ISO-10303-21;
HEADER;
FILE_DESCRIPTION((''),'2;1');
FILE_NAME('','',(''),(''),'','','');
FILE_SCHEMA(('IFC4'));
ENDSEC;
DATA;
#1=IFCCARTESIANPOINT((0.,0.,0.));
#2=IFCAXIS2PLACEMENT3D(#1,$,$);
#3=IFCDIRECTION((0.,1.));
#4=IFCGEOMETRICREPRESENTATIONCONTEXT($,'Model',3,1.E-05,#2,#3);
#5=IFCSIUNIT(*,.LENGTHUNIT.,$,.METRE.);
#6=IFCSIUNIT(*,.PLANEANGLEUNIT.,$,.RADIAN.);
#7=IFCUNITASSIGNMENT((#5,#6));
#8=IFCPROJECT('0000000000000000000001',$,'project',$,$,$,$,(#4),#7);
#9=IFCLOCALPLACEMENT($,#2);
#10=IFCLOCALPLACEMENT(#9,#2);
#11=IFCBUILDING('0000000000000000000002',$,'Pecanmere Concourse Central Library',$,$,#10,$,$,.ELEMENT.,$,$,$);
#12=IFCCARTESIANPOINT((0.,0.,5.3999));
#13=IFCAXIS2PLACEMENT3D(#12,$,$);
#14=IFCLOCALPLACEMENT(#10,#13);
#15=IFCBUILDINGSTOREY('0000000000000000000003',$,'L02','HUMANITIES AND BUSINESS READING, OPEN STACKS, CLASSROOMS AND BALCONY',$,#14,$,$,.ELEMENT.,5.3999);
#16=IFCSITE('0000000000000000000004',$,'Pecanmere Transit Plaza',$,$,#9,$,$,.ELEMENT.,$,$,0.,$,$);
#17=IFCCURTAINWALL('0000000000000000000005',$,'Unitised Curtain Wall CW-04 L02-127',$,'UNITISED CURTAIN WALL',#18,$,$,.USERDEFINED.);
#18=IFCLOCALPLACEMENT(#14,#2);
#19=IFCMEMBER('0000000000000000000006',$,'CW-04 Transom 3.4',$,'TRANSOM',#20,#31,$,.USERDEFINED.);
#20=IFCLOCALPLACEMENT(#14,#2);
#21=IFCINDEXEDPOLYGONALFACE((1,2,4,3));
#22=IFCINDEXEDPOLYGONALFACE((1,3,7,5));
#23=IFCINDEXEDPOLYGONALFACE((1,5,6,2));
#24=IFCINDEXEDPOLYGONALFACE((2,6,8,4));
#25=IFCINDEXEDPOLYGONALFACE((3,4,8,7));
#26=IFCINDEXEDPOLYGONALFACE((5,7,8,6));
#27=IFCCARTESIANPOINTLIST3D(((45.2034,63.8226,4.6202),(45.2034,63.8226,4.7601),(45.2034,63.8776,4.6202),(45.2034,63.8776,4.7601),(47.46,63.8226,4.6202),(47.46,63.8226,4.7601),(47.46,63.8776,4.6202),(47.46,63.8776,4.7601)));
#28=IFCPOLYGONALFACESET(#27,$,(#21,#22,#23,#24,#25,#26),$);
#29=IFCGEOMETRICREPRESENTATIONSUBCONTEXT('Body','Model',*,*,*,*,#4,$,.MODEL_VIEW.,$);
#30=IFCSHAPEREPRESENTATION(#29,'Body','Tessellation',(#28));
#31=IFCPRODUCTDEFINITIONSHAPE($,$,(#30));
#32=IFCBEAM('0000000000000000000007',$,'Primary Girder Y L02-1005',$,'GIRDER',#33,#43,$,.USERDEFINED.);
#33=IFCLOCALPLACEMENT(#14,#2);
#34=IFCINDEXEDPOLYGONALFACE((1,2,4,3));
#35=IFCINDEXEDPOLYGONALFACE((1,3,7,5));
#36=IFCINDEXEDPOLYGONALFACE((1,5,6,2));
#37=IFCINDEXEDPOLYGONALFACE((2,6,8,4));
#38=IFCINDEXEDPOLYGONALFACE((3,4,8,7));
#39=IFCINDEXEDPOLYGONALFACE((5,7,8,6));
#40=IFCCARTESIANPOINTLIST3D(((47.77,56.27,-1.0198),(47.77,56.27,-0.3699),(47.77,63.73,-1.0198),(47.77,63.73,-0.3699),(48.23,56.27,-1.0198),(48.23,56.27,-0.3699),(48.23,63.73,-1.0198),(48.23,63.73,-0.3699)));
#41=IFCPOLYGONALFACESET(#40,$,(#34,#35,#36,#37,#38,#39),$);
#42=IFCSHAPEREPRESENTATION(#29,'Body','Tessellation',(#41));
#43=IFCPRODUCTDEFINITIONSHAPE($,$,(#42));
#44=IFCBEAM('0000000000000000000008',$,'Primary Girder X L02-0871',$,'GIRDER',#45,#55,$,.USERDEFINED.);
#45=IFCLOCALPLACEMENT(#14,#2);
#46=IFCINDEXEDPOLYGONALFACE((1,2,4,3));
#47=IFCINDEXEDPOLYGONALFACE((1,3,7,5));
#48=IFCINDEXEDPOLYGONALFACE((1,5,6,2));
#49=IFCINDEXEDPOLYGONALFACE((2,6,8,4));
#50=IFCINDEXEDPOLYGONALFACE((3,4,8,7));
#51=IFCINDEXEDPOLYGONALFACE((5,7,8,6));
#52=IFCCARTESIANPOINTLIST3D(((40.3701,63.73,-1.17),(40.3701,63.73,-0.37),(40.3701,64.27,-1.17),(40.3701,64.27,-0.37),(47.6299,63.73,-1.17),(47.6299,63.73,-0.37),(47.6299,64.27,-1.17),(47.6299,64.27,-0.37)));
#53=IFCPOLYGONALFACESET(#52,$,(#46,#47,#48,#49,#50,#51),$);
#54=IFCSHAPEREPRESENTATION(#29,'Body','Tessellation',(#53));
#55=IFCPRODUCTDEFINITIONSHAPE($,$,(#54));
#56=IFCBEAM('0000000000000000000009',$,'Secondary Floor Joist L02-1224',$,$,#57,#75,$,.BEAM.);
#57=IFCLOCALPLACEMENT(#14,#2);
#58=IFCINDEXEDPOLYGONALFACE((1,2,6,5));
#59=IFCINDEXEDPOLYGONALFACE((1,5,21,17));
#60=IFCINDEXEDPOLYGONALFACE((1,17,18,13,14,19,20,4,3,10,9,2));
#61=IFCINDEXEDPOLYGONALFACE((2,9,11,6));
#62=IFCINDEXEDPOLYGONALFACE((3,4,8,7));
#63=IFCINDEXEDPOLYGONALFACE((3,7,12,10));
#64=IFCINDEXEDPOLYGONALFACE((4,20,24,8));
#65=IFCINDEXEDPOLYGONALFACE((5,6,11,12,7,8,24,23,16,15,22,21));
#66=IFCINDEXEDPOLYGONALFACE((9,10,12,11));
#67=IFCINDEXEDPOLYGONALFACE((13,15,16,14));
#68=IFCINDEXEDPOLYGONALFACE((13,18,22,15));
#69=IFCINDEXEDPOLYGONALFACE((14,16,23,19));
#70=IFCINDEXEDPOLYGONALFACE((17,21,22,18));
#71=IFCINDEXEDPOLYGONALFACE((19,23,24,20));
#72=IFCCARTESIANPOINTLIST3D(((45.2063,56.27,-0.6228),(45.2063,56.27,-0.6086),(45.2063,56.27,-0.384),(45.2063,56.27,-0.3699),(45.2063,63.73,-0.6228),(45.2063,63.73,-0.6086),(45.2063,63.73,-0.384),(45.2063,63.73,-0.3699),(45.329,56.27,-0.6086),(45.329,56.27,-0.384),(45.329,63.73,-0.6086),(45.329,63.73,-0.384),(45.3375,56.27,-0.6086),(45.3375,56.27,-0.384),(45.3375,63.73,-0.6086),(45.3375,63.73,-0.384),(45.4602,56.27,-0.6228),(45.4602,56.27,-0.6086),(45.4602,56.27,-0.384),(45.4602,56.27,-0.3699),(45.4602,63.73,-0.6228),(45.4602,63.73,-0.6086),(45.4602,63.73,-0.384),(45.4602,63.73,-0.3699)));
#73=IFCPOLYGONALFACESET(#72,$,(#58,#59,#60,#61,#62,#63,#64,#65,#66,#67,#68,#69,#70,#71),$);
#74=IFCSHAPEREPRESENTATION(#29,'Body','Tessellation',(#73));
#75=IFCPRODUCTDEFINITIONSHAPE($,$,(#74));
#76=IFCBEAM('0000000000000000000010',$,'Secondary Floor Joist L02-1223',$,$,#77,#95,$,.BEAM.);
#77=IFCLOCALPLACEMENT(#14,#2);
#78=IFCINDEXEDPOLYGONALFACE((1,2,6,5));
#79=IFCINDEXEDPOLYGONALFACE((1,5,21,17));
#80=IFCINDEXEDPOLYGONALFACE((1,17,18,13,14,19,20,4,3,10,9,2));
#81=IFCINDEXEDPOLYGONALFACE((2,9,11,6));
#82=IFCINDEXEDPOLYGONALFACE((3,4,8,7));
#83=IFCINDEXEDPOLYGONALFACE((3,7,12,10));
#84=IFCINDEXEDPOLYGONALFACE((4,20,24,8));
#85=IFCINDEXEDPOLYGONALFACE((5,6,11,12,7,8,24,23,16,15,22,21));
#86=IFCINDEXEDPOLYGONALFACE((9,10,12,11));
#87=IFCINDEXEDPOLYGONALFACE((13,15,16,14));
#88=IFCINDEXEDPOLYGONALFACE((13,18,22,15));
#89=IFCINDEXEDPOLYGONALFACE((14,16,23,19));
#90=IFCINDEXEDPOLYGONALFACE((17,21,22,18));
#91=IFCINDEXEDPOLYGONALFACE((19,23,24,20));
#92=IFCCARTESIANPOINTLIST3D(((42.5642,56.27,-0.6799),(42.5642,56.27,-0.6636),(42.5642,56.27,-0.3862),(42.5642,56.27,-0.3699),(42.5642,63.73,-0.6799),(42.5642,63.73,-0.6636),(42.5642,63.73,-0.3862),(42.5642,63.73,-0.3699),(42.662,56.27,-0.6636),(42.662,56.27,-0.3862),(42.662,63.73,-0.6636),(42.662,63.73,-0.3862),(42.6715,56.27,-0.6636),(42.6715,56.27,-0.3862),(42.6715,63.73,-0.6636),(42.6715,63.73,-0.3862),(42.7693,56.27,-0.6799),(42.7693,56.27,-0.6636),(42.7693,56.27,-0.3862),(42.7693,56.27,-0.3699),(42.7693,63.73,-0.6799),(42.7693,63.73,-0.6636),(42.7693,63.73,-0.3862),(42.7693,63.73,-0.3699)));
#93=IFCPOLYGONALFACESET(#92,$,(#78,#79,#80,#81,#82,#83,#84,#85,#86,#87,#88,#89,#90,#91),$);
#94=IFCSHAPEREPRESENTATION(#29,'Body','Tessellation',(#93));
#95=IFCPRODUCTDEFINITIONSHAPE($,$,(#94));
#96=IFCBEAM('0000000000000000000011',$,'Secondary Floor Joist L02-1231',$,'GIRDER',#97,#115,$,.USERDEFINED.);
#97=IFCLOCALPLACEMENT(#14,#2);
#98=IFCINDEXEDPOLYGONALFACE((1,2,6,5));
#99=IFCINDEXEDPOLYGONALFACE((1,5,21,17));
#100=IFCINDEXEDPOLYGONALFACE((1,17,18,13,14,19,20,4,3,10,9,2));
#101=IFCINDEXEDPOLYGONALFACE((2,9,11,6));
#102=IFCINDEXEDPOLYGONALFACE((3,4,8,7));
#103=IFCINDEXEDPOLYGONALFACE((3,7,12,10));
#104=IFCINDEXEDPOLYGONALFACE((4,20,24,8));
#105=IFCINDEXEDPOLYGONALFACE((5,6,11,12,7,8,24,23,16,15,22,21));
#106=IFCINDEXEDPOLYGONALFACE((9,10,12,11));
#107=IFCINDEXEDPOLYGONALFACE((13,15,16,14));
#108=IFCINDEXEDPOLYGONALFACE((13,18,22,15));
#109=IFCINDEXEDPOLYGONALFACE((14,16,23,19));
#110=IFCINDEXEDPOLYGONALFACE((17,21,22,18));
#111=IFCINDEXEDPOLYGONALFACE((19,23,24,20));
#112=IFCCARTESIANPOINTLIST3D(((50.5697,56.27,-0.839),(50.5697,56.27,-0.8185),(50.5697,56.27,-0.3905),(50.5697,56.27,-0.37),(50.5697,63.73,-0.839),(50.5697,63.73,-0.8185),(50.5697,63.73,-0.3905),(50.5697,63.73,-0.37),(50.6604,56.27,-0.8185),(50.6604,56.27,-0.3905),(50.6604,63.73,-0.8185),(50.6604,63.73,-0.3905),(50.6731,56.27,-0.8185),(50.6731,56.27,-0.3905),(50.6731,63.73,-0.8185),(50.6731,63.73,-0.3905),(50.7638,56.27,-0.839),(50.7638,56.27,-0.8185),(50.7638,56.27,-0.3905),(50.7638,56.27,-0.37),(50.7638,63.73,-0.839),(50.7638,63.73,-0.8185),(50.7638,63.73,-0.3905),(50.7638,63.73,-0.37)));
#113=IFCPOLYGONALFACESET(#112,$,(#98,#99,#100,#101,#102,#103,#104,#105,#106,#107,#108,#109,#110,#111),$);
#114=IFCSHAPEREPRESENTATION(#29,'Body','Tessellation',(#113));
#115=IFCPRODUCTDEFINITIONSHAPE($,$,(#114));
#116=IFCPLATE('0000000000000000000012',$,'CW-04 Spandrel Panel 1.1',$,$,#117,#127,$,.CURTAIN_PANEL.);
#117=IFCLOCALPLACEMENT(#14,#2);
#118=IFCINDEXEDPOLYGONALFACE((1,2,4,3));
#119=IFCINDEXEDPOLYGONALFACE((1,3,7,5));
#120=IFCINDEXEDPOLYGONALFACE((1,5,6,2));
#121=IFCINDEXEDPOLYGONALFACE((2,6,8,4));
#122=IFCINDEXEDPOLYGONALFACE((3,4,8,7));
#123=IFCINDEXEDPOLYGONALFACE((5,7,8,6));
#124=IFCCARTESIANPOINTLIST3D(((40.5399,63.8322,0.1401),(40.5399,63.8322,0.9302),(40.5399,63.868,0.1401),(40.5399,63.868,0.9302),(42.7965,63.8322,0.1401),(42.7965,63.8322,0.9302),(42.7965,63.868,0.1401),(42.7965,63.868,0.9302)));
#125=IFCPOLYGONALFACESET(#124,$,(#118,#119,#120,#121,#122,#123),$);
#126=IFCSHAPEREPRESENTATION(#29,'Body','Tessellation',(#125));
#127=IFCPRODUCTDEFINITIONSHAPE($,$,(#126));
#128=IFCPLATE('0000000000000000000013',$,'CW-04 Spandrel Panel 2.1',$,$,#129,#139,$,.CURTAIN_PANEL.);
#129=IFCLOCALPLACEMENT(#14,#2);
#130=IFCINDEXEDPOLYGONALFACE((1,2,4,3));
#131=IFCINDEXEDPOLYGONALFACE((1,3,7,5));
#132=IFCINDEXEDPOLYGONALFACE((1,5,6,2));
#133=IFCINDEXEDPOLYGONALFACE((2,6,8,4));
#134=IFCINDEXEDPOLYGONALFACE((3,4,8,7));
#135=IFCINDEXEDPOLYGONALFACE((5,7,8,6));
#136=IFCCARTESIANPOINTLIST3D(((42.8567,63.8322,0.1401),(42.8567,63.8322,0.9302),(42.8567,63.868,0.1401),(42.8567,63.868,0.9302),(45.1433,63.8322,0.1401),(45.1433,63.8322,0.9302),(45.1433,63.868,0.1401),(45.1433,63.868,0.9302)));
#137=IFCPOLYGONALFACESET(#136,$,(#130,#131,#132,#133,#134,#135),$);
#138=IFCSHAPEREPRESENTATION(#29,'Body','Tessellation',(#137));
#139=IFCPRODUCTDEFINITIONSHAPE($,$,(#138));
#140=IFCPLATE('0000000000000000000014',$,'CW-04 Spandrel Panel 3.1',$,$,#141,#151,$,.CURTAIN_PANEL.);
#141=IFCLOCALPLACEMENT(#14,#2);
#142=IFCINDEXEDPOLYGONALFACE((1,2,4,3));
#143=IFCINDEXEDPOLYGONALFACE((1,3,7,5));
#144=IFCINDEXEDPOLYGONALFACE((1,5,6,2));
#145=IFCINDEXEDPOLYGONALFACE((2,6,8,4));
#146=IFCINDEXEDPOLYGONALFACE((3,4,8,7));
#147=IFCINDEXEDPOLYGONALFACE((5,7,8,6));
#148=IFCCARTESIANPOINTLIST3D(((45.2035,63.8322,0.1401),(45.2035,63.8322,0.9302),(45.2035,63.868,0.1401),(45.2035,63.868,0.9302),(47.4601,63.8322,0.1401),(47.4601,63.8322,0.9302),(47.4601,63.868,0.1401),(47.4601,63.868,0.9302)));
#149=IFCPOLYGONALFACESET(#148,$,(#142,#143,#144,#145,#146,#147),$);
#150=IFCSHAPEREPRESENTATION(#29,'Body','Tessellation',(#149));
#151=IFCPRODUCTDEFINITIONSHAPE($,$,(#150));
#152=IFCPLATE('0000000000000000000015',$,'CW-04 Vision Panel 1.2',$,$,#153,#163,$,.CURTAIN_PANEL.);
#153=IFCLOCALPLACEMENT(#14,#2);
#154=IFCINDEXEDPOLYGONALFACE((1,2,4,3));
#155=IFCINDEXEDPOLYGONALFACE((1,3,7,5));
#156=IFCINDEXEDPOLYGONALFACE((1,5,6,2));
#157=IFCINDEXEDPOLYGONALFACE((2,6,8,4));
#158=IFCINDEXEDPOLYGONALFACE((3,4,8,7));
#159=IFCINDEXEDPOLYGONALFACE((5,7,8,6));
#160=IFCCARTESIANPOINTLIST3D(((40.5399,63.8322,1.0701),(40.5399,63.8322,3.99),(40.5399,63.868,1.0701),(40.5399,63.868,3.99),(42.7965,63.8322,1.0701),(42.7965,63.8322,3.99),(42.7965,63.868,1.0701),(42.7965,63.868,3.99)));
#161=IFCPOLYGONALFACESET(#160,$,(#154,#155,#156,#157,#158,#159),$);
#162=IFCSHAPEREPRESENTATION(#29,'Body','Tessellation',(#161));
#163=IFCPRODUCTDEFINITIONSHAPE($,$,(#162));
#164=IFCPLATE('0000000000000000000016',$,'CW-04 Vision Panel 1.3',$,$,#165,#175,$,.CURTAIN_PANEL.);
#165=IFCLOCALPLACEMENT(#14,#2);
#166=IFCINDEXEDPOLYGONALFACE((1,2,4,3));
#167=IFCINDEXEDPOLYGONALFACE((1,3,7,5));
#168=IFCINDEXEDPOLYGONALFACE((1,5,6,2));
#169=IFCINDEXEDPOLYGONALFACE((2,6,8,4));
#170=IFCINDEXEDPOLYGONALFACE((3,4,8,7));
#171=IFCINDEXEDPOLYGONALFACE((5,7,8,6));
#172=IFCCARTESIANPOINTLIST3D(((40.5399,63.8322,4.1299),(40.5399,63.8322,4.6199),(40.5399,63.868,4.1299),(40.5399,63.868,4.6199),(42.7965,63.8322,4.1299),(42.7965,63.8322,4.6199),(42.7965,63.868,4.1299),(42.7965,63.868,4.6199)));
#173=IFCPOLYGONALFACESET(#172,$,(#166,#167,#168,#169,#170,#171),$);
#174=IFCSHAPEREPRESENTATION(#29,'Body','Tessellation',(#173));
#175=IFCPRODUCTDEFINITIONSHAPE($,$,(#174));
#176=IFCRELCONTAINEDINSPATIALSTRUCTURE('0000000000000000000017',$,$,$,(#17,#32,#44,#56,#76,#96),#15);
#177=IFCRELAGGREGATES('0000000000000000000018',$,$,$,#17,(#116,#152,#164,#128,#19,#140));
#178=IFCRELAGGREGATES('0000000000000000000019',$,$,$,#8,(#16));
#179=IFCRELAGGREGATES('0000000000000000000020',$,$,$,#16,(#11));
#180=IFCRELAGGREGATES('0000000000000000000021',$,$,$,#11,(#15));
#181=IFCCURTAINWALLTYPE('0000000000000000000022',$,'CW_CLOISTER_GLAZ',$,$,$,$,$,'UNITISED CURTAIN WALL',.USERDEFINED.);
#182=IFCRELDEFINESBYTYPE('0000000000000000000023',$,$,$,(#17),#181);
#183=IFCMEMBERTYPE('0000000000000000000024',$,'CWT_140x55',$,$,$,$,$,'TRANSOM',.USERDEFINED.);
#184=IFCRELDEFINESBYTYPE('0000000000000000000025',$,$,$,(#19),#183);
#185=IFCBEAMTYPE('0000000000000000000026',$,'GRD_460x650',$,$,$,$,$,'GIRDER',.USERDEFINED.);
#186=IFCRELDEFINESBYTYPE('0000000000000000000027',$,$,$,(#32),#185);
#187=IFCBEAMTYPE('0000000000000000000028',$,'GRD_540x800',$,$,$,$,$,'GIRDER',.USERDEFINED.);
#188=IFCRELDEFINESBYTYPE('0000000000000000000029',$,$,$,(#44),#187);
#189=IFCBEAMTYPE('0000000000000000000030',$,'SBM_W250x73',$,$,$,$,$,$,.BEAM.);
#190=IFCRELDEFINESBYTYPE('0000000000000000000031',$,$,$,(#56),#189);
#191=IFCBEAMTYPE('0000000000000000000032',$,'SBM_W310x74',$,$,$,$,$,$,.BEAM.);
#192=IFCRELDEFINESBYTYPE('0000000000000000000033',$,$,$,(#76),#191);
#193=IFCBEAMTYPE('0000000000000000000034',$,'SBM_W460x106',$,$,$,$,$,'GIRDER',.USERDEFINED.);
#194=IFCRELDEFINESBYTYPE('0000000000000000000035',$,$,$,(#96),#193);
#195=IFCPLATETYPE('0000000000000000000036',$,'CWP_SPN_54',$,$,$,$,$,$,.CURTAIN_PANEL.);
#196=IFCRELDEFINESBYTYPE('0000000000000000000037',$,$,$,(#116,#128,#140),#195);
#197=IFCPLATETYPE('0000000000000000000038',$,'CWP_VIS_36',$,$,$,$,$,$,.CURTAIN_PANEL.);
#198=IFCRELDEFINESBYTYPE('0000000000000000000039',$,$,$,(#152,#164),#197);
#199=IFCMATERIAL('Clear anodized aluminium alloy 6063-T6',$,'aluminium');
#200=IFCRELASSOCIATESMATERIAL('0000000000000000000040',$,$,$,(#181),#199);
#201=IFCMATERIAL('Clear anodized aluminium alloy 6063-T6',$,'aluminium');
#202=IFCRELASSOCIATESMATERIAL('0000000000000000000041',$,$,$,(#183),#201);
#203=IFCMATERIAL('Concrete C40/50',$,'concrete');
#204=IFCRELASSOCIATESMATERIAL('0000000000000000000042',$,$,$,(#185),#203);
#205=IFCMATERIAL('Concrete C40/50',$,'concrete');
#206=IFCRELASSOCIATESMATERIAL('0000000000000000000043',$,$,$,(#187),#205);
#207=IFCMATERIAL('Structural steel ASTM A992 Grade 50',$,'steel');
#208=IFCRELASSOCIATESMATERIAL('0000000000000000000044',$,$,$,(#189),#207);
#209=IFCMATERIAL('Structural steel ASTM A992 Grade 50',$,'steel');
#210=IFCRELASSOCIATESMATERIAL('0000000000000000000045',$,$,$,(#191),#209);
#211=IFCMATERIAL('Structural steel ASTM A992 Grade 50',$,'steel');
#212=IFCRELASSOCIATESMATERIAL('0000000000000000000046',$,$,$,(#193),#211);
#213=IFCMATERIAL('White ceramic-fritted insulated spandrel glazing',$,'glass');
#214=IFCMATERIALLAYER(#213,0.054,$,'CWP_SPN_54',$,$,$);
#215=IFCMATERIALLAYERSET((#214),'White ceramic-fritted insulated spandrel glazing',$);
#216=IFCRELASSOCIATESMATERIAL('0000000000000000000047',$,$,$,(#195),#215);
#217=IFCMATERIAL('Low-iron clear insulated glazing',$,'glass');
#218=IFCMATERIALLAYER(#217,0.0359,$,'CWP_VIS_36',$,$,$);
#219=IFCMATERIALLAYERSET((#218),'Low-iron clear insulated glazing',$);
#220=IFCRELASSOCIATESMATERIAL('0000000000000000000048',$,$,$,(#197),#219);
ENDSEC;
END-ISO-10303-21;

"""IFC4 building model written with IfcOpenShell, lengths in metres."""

from ifc_helpers import new_model, si_unit, direction, frame, origin, origin_2d, place, context, subcontext, project, spatial, rectangle, i_section, extrude, material, layer, layer_set, material_profile, profile_set, type_object, element, aggregate, save


model = new_model("IFC4")

# Units and contexts
model_context = context("Model", 3, precision=1e-05, world=origin(), true_north=direction((0.0, 1.0)))
body_context = subcontext(model_context, "Body", "Model", "MODEL_VIEW")
ifc_project = project(units=[si_unit("LENGTHUNIT", "METRE"), si_unit("PLANEANGLEUNIT", "RADIAN")], contexts=[model_context])

# Site, building, storey
site_placement = place(None, origin())
site = spatial("IfcSite", under=ifc_project, at=site_placement, Name="Pecanmere Transit Plaza", CompositionType="ELEMENT", RefElevation=0.0)
building_placement = place(site_placement, origin())
building = spatial("IfcBuilding", under=site, at=building_placement, Name="Pecanmere Concourse Central Library", CompositionType="ELEMENT")
storey_placement = place(building_placement, frame((0.0, 0.0, 5.3999)))
storey = spatial("IfcBuildingStorey", under=building, at=storey_placement, Name="L02", Description="HUMANITIES AND BUSINESS READING, OPEN STACKS, CLASSROOMS AND BALCONY", CompositionType="ELEMENT", Elevation=5.3999)

# Curtain wall, member
ifc_material_1 = material(Name="Clear anodized aluminium alloy 6063-T6", Category="aluminium")
curtain_wall_type = type_object("IfcCurtainWallType", Name="CW_CLOISTER_GLAZ", ElementType="UNITISED CURTAIN WALL", PredefinedType="USERDEFINED", material=ifc_material_1)
curtain_wall_placement = place(storey_placement, origin())
curtain_wall = element("IfcCurtainWall", 1, at=curtain_wall_placement, inside=storey, type_object=curtain_wall_type, Name="Unitised Curtain Wall CW-04 L02-127", ObjectType="UNITISED CURTAIN WALL", PredefinedType="USERDEFINED")
ifc_material_2 = material(Name="Clear anodized aluminium alloy 6063-T6", Category="aluminium")
ifc_material_profile_1 = material_profile(ifc_material_2, rectangle(XDim=0.0549, YDim=0.1399, at=origin_2d()), Name="AL 55x140")
ifc_profile_set_1 = profile_set([ifc_material_profile_1], Name="Clear anodized aluminium alloy 6063-T6")
member_type_1 = type_object("IfcMemberType", Name="CWT_140x55", ElementType="TRANSOM", PredefinedType="USERDEFINED", material=ifc_profile_set_1)
member_1_placement = place(storey_placement, frame((45.2034, 63.8501, 4.6902), z_axis=(1.0, 0.0, 0.0), x_axis=(0.0, 1.0, 0.0)))
member_1 = element("IfcMember", 2, at=member_1_placement, type_object=member_type_1, Name="CW-04 Transom 3.4", ObjectType="TRANSOM", PredefinedType="USERDEFINED", context=body_context, shape_type="SweptSolid", body=[
    extrude(rectangle(XDim=0.0549, YDim=0.1399, at=origin_2d()), origin(), (0.0, 0.0, 1.0), 2.2566),
])

# Beams
ifc_material_3 = material(Name="Concrete C40/50", Category="concrete")
ifc_material_profile_2 = material_profile(ifc_material_3, rectangle(XDim=0.46, YDim=0.6499, at=origin_2d()), Name="RC 460x650")
ifc_profile_set_2 = profile_set([ifc_material_profile_2], Name="Concrete C40/50")
beam_type_1 = type_object("IfcBeamType", Name="GRD_460x650", ElementType="GIRDER", PredefinedType="USERDEFINED", material=ifc_profile_set_2)
beam_1_placement = place(storey_placement, frame((48.0, 56.27, -0.6948), z_axis=(0.0, 1.0, 0.0), x_axis=(-1.0, 0.0, 0.0)))
element("IfcBeam", 3, at=beam_1_placement, inside=storey, type_object=beam_type_1, Name="Primary Girder Y L02-1005", ObjectType="GIRDER", PredefinedType="USERDEFINED", context=body_context, shape_type="SweptSolid", body=[
    extrude(rectangle(XDim=0.46, YDim=0.6499, at=origin_2d()), origin(), (0.0, 0.0, 1.0), 7.46),
])
ifc_material_4 = material(Name="Concrete C40/50", Category="concrete")
ifc_material_profile_3 = material_profile(ifc_material_4, rectangle(XDim=0.54, YDim=0.8, at=origin_2d()), Name="RC 540x800")
ifc_profile_set_3 = profile_set([ifc_material_profile_3], Name="Concrete C40/50")
beam_type_2 = type_object("IfcBeamType", Name="GRD_540x800", ElementType="GIRDER", PredefinedType="USERDEFINED", material=ifc_profile_set_3)
beam_2_placement = place(storey_placement, frame((40.3701, 64.0, -0.77), z_axis=(1.0, 0.0, 0.0), x_axis=(0.0, 1.0, 0.0)))
element("IfcBeam", 4, at=beam_2_placement, inside=storey, type_object=beam_type_2, Name="Primary Girder X L02-0871", ObjectType="GIRDER", PredefinedType="USERDEFINED", context=body_context, shape_type="SweptSolid", body=[
    extrude(rectangle(XDim=0.54, YDim=0.8, at=origin_2d()), origin(), (0.0, 0.0, 1.0), 7.2598),
])
ifc_material_5 = material(Name="Structural steel ASTM A992 Grade 50", Category="steel")
ifc_material_profile_4 = material_profile(ifc_material_5, i_section(OverallWidth=0.2539, OverallDepth=0.2529, WebThickness=0.0085, FlangeThickness=0.0142, at=origin_2d()), Name="W250x73")
ifc_profile_set_4 = profile_set([ifc_material_profile_4], Name="Structural steel ASTM A992 Grade 50")
beam_type_3 = type_object("IfcBeamType", Name="SBM_W250x73", PredefinedType="BEAM", material=ifc_profile_set_4)
beam_3_placement = place(storey_placement, frame((45.3333, 56.27, -0.4963), z_axis=(0.0, 1.0, 0.0), x_axis=(-1.0, 0.0, 0.0)))
element("IfcBeam", 5, at=beam_3_placement, inside=storey, type_object=beam_type_3, Name="Secondary Floor Joist L02-1224", PredefinedType="BEAM", context=body_context, shape_type="SweptSolid", body=[
    extrude(i_section(OverallWidth=0.2539, OverallDepth=0.2529, WebThickness=0.0085, FlangeThickness=0.0142, at=origin_2d()), origin(), (0.0, 0.0, 1.0), 7.46),
])
ifc_material_6 = material(Name="Structural steel ASTM A992 Grade 50", Category="steel")
ifc_material_profile_5 = material_profile(ifc_material_6, i_section(OverallWidth=0.2051, OverallDepth=0.3101, WebThickness=0.0095, FlangeThickness=0.0164, at=origin_2d()), Name="W310x74")
ifc_profile_set_5 = profile_set([ifc_material_profile_5], Name="Structural steel ASTM A992 Grade 50")
beam_type_4 = type_object("IfcBeamType", Name="SBM_W310x74", PredefinedType="BEAM", material=ifc_profile_set_5)
beam_4_placement = place(storey_placement, frame((42.6667, 56.27, -0.5249), z_axis=(0.0, 1.0, 0.0), x_axis=(-1.0, 0.0, 0.0)))
element("IfcBeam", 6, at=beam_4_placement, inside=storey, type_object=beam_type_4, Name="Secondary Floor Joist L02-1223", PredefinedType="BEAM", context=body_context, shape_type="SweptSolid", body=[
    extrude(i_section(OverallWidth=0.2051, OverallDepth=0.3101, WebThickness=0.0095, FlangeThickness=0.0164, at=origin_2d()), origin(), (0.0, 0.0, 1.0), 7.46),
])
ifc_material_7 = material(Name="Structural steel ASTM A992 Grade 50", Category="steel")
ifc_material_profile_6 = material_profile(ifc_material_7, i_section(OverallWidth=0.1941, OverallDepth=0.469, WebThickness=0.0127, FlangeThickness=0.0205, at=origin_2d()), Name="W460x106")
ifc_profile_set_6 = profile_set([ifc_material_profile_6], Name="Structural steel ASTM A992 Grade 50")
beam_type_5 = type_object("IfcBeamType", Name="SBM_W460x106", ElementType="GIRDER", PredefinedType="USERDEFINED", material=ifc_profile_set_6)
beam_5_placement = place(storey_placement, frame((50.6667, 56.27, -0.6045), z_axis=(0.0, 1.0, 0.0), x_axis=(-1.0, 0.0, 0.0)))
element("IfcBeam", 7, at=beam_5_placement, inside=storey, type_object=beam_type_5, Name="Secondary Floor Joist L02-1231", ObjectType="GIRDER", PredefinedType="USERDEFINED", context=body_context, shape_type="SweptSolid", body=[
    extrude(i_section(OverallWidth=0.1941, OverallDepth=0.469, WebThickness=0.0127, FlangeThickness=0.0205, at=origin_2d()), origin(), (0.0, 0.0, 1.0), 7.46),
])

# Plates
ifc_material_8 = material(Name="White ceramic-fritted insulated spandrel glazing", Category="glass")
ifc_layer_1 = layer(ifc_material_8, 0.054, Name="CWP_SPN_54")
ifc_layer_set_1 = layer_set([ifc_layer_1], Name="White ceramic-fritted insulated spandrel glazing")
plate_type_1 = type_object("IfcPlateType", Name="CWP_SPN_54", PredefinedType="CURTAIN_PANEL", material=ifc_layer_set_1)
plate_1_placement = place(storey_placement, frame((41.6682, 63.8501, 0.1401), z_axis=(0.0, 0.0, 1.0), x_axis=(1.0, 0.0, 0.0)))
plate_1 = element("IfcPlate", 8, at=plate_1_placement, type_object=plate_type_1, Name="CW-04 Spandrel Panel 1.1", PredefinedType="CURTAIN_PANEL", context=body_context, shape_type="SweptSolid", body=[
    extrude(rectangle(XDim=2.2566, YDim=0.0359, at=origin_2d()), origin(), (0.0, 0.0, 1.0), 0.79),
])
plate_2_placement = place(storey_placement, frame((44.0, 63.8501, 0.1401), z_axis=(0.0, 0.0, 1.0), x_axis=(1.0, 0.0, 0.0)))
plate_2 = element("IfcPlate", 9, at=plate_2_placement, type_object=plate_type_1, Name="CW-04 Spandrel Panel 2.1", PredefinedType="CURTAIN_PANEL", context=body_context, shape_type="SweptSolid", body=[
    extrude(rectangle(XDim=2.2866, YDim=0.0359, at=origin_2d()), origin(), (0.0, 0.0, 1.0), 0.79),
])
plate_3_placement = place(storey_placement, frame((46.3318, 63.8501, 0.1401), z_axis=(0.0, 0.0, 1.0), x_axis=(1.0, 0.0, 0.0)))
plate_3 = element("IfcPlate", 10, at=plate_3_placement, type_object=plate_type_1, Name="CW-04 Spandrel Panel 3.1", PredefinedType="CURTAIN_PANEL", context=body_context, shape_type="SweptSolid", body=[
    extrude(rectangle(XDim=2.2566, YDim=0.0359, at=origin_2d()), origin(), (0.0, 0.0, 1.0), 0.79),
])
ifc_material_9 = material(Name="Low-iron clear insulated glazing", Category="glass")
ifc_layer_2 = layer(ifc_material_9, 0.0359, Name="CWP_VIS_36")
ifc_layer_set_2 = layer_set([ifc_layer_2], Name="Low-iron clear insulated glazing")
plate_type_2 = type_object("IfcPlateType", Name="CWP_VIS_36", PredefinedType="CURTAIN_PANEL", material=ifc_layer_set_2)
plate_4_placement = place(storey_placement, frame((41.6682, 63.8501, 1.0701), z_axis=(0.0, 0.0, 1.0), x_axis=(1.0, 0.0, 0.0)))
plate_4 = element("IfcPlate", 11, at=plate_4_placement, type_object=plate_type_2, Name="CW-04 Vision Panel 1.2", PredefinedType="CURTAIN_PANEL", context=body_context, shape_type="SweptSolid", body=[
    extrude(rectangle(XDim=2.2566, YDim=0.0359, at=origin_2d()), origin(), (0.0, 0.0, 1.0), 2.9199),
])
plate_5_placement = place(storey_placement, frame((41.6682, 63.8501, 4.1299), z_axis=(0.0, 0.0, 1.0), x_axis=(1.0, 0.0, 0.0)))
plate_5 = element("IfcPlate", 12, at=plate_5_placement, type_object=plate_type_2, Name="CW-04 Vision Panel 1.3", PredefinedType="CURTAIN_PANEL", context=body_context, shape_type="SweptSolid", body=[
    extrude(rectangle(XDim=2.2566, YDim=0.0359, at=origin_2d()), origin(), (0.0, 0.0, 1.0), 0.49),
])
aggregate(curtain_wall, [plate_1, plate_4, plate_5, plate_2, member_1, plate_3])

save(model, "model.ifc")
